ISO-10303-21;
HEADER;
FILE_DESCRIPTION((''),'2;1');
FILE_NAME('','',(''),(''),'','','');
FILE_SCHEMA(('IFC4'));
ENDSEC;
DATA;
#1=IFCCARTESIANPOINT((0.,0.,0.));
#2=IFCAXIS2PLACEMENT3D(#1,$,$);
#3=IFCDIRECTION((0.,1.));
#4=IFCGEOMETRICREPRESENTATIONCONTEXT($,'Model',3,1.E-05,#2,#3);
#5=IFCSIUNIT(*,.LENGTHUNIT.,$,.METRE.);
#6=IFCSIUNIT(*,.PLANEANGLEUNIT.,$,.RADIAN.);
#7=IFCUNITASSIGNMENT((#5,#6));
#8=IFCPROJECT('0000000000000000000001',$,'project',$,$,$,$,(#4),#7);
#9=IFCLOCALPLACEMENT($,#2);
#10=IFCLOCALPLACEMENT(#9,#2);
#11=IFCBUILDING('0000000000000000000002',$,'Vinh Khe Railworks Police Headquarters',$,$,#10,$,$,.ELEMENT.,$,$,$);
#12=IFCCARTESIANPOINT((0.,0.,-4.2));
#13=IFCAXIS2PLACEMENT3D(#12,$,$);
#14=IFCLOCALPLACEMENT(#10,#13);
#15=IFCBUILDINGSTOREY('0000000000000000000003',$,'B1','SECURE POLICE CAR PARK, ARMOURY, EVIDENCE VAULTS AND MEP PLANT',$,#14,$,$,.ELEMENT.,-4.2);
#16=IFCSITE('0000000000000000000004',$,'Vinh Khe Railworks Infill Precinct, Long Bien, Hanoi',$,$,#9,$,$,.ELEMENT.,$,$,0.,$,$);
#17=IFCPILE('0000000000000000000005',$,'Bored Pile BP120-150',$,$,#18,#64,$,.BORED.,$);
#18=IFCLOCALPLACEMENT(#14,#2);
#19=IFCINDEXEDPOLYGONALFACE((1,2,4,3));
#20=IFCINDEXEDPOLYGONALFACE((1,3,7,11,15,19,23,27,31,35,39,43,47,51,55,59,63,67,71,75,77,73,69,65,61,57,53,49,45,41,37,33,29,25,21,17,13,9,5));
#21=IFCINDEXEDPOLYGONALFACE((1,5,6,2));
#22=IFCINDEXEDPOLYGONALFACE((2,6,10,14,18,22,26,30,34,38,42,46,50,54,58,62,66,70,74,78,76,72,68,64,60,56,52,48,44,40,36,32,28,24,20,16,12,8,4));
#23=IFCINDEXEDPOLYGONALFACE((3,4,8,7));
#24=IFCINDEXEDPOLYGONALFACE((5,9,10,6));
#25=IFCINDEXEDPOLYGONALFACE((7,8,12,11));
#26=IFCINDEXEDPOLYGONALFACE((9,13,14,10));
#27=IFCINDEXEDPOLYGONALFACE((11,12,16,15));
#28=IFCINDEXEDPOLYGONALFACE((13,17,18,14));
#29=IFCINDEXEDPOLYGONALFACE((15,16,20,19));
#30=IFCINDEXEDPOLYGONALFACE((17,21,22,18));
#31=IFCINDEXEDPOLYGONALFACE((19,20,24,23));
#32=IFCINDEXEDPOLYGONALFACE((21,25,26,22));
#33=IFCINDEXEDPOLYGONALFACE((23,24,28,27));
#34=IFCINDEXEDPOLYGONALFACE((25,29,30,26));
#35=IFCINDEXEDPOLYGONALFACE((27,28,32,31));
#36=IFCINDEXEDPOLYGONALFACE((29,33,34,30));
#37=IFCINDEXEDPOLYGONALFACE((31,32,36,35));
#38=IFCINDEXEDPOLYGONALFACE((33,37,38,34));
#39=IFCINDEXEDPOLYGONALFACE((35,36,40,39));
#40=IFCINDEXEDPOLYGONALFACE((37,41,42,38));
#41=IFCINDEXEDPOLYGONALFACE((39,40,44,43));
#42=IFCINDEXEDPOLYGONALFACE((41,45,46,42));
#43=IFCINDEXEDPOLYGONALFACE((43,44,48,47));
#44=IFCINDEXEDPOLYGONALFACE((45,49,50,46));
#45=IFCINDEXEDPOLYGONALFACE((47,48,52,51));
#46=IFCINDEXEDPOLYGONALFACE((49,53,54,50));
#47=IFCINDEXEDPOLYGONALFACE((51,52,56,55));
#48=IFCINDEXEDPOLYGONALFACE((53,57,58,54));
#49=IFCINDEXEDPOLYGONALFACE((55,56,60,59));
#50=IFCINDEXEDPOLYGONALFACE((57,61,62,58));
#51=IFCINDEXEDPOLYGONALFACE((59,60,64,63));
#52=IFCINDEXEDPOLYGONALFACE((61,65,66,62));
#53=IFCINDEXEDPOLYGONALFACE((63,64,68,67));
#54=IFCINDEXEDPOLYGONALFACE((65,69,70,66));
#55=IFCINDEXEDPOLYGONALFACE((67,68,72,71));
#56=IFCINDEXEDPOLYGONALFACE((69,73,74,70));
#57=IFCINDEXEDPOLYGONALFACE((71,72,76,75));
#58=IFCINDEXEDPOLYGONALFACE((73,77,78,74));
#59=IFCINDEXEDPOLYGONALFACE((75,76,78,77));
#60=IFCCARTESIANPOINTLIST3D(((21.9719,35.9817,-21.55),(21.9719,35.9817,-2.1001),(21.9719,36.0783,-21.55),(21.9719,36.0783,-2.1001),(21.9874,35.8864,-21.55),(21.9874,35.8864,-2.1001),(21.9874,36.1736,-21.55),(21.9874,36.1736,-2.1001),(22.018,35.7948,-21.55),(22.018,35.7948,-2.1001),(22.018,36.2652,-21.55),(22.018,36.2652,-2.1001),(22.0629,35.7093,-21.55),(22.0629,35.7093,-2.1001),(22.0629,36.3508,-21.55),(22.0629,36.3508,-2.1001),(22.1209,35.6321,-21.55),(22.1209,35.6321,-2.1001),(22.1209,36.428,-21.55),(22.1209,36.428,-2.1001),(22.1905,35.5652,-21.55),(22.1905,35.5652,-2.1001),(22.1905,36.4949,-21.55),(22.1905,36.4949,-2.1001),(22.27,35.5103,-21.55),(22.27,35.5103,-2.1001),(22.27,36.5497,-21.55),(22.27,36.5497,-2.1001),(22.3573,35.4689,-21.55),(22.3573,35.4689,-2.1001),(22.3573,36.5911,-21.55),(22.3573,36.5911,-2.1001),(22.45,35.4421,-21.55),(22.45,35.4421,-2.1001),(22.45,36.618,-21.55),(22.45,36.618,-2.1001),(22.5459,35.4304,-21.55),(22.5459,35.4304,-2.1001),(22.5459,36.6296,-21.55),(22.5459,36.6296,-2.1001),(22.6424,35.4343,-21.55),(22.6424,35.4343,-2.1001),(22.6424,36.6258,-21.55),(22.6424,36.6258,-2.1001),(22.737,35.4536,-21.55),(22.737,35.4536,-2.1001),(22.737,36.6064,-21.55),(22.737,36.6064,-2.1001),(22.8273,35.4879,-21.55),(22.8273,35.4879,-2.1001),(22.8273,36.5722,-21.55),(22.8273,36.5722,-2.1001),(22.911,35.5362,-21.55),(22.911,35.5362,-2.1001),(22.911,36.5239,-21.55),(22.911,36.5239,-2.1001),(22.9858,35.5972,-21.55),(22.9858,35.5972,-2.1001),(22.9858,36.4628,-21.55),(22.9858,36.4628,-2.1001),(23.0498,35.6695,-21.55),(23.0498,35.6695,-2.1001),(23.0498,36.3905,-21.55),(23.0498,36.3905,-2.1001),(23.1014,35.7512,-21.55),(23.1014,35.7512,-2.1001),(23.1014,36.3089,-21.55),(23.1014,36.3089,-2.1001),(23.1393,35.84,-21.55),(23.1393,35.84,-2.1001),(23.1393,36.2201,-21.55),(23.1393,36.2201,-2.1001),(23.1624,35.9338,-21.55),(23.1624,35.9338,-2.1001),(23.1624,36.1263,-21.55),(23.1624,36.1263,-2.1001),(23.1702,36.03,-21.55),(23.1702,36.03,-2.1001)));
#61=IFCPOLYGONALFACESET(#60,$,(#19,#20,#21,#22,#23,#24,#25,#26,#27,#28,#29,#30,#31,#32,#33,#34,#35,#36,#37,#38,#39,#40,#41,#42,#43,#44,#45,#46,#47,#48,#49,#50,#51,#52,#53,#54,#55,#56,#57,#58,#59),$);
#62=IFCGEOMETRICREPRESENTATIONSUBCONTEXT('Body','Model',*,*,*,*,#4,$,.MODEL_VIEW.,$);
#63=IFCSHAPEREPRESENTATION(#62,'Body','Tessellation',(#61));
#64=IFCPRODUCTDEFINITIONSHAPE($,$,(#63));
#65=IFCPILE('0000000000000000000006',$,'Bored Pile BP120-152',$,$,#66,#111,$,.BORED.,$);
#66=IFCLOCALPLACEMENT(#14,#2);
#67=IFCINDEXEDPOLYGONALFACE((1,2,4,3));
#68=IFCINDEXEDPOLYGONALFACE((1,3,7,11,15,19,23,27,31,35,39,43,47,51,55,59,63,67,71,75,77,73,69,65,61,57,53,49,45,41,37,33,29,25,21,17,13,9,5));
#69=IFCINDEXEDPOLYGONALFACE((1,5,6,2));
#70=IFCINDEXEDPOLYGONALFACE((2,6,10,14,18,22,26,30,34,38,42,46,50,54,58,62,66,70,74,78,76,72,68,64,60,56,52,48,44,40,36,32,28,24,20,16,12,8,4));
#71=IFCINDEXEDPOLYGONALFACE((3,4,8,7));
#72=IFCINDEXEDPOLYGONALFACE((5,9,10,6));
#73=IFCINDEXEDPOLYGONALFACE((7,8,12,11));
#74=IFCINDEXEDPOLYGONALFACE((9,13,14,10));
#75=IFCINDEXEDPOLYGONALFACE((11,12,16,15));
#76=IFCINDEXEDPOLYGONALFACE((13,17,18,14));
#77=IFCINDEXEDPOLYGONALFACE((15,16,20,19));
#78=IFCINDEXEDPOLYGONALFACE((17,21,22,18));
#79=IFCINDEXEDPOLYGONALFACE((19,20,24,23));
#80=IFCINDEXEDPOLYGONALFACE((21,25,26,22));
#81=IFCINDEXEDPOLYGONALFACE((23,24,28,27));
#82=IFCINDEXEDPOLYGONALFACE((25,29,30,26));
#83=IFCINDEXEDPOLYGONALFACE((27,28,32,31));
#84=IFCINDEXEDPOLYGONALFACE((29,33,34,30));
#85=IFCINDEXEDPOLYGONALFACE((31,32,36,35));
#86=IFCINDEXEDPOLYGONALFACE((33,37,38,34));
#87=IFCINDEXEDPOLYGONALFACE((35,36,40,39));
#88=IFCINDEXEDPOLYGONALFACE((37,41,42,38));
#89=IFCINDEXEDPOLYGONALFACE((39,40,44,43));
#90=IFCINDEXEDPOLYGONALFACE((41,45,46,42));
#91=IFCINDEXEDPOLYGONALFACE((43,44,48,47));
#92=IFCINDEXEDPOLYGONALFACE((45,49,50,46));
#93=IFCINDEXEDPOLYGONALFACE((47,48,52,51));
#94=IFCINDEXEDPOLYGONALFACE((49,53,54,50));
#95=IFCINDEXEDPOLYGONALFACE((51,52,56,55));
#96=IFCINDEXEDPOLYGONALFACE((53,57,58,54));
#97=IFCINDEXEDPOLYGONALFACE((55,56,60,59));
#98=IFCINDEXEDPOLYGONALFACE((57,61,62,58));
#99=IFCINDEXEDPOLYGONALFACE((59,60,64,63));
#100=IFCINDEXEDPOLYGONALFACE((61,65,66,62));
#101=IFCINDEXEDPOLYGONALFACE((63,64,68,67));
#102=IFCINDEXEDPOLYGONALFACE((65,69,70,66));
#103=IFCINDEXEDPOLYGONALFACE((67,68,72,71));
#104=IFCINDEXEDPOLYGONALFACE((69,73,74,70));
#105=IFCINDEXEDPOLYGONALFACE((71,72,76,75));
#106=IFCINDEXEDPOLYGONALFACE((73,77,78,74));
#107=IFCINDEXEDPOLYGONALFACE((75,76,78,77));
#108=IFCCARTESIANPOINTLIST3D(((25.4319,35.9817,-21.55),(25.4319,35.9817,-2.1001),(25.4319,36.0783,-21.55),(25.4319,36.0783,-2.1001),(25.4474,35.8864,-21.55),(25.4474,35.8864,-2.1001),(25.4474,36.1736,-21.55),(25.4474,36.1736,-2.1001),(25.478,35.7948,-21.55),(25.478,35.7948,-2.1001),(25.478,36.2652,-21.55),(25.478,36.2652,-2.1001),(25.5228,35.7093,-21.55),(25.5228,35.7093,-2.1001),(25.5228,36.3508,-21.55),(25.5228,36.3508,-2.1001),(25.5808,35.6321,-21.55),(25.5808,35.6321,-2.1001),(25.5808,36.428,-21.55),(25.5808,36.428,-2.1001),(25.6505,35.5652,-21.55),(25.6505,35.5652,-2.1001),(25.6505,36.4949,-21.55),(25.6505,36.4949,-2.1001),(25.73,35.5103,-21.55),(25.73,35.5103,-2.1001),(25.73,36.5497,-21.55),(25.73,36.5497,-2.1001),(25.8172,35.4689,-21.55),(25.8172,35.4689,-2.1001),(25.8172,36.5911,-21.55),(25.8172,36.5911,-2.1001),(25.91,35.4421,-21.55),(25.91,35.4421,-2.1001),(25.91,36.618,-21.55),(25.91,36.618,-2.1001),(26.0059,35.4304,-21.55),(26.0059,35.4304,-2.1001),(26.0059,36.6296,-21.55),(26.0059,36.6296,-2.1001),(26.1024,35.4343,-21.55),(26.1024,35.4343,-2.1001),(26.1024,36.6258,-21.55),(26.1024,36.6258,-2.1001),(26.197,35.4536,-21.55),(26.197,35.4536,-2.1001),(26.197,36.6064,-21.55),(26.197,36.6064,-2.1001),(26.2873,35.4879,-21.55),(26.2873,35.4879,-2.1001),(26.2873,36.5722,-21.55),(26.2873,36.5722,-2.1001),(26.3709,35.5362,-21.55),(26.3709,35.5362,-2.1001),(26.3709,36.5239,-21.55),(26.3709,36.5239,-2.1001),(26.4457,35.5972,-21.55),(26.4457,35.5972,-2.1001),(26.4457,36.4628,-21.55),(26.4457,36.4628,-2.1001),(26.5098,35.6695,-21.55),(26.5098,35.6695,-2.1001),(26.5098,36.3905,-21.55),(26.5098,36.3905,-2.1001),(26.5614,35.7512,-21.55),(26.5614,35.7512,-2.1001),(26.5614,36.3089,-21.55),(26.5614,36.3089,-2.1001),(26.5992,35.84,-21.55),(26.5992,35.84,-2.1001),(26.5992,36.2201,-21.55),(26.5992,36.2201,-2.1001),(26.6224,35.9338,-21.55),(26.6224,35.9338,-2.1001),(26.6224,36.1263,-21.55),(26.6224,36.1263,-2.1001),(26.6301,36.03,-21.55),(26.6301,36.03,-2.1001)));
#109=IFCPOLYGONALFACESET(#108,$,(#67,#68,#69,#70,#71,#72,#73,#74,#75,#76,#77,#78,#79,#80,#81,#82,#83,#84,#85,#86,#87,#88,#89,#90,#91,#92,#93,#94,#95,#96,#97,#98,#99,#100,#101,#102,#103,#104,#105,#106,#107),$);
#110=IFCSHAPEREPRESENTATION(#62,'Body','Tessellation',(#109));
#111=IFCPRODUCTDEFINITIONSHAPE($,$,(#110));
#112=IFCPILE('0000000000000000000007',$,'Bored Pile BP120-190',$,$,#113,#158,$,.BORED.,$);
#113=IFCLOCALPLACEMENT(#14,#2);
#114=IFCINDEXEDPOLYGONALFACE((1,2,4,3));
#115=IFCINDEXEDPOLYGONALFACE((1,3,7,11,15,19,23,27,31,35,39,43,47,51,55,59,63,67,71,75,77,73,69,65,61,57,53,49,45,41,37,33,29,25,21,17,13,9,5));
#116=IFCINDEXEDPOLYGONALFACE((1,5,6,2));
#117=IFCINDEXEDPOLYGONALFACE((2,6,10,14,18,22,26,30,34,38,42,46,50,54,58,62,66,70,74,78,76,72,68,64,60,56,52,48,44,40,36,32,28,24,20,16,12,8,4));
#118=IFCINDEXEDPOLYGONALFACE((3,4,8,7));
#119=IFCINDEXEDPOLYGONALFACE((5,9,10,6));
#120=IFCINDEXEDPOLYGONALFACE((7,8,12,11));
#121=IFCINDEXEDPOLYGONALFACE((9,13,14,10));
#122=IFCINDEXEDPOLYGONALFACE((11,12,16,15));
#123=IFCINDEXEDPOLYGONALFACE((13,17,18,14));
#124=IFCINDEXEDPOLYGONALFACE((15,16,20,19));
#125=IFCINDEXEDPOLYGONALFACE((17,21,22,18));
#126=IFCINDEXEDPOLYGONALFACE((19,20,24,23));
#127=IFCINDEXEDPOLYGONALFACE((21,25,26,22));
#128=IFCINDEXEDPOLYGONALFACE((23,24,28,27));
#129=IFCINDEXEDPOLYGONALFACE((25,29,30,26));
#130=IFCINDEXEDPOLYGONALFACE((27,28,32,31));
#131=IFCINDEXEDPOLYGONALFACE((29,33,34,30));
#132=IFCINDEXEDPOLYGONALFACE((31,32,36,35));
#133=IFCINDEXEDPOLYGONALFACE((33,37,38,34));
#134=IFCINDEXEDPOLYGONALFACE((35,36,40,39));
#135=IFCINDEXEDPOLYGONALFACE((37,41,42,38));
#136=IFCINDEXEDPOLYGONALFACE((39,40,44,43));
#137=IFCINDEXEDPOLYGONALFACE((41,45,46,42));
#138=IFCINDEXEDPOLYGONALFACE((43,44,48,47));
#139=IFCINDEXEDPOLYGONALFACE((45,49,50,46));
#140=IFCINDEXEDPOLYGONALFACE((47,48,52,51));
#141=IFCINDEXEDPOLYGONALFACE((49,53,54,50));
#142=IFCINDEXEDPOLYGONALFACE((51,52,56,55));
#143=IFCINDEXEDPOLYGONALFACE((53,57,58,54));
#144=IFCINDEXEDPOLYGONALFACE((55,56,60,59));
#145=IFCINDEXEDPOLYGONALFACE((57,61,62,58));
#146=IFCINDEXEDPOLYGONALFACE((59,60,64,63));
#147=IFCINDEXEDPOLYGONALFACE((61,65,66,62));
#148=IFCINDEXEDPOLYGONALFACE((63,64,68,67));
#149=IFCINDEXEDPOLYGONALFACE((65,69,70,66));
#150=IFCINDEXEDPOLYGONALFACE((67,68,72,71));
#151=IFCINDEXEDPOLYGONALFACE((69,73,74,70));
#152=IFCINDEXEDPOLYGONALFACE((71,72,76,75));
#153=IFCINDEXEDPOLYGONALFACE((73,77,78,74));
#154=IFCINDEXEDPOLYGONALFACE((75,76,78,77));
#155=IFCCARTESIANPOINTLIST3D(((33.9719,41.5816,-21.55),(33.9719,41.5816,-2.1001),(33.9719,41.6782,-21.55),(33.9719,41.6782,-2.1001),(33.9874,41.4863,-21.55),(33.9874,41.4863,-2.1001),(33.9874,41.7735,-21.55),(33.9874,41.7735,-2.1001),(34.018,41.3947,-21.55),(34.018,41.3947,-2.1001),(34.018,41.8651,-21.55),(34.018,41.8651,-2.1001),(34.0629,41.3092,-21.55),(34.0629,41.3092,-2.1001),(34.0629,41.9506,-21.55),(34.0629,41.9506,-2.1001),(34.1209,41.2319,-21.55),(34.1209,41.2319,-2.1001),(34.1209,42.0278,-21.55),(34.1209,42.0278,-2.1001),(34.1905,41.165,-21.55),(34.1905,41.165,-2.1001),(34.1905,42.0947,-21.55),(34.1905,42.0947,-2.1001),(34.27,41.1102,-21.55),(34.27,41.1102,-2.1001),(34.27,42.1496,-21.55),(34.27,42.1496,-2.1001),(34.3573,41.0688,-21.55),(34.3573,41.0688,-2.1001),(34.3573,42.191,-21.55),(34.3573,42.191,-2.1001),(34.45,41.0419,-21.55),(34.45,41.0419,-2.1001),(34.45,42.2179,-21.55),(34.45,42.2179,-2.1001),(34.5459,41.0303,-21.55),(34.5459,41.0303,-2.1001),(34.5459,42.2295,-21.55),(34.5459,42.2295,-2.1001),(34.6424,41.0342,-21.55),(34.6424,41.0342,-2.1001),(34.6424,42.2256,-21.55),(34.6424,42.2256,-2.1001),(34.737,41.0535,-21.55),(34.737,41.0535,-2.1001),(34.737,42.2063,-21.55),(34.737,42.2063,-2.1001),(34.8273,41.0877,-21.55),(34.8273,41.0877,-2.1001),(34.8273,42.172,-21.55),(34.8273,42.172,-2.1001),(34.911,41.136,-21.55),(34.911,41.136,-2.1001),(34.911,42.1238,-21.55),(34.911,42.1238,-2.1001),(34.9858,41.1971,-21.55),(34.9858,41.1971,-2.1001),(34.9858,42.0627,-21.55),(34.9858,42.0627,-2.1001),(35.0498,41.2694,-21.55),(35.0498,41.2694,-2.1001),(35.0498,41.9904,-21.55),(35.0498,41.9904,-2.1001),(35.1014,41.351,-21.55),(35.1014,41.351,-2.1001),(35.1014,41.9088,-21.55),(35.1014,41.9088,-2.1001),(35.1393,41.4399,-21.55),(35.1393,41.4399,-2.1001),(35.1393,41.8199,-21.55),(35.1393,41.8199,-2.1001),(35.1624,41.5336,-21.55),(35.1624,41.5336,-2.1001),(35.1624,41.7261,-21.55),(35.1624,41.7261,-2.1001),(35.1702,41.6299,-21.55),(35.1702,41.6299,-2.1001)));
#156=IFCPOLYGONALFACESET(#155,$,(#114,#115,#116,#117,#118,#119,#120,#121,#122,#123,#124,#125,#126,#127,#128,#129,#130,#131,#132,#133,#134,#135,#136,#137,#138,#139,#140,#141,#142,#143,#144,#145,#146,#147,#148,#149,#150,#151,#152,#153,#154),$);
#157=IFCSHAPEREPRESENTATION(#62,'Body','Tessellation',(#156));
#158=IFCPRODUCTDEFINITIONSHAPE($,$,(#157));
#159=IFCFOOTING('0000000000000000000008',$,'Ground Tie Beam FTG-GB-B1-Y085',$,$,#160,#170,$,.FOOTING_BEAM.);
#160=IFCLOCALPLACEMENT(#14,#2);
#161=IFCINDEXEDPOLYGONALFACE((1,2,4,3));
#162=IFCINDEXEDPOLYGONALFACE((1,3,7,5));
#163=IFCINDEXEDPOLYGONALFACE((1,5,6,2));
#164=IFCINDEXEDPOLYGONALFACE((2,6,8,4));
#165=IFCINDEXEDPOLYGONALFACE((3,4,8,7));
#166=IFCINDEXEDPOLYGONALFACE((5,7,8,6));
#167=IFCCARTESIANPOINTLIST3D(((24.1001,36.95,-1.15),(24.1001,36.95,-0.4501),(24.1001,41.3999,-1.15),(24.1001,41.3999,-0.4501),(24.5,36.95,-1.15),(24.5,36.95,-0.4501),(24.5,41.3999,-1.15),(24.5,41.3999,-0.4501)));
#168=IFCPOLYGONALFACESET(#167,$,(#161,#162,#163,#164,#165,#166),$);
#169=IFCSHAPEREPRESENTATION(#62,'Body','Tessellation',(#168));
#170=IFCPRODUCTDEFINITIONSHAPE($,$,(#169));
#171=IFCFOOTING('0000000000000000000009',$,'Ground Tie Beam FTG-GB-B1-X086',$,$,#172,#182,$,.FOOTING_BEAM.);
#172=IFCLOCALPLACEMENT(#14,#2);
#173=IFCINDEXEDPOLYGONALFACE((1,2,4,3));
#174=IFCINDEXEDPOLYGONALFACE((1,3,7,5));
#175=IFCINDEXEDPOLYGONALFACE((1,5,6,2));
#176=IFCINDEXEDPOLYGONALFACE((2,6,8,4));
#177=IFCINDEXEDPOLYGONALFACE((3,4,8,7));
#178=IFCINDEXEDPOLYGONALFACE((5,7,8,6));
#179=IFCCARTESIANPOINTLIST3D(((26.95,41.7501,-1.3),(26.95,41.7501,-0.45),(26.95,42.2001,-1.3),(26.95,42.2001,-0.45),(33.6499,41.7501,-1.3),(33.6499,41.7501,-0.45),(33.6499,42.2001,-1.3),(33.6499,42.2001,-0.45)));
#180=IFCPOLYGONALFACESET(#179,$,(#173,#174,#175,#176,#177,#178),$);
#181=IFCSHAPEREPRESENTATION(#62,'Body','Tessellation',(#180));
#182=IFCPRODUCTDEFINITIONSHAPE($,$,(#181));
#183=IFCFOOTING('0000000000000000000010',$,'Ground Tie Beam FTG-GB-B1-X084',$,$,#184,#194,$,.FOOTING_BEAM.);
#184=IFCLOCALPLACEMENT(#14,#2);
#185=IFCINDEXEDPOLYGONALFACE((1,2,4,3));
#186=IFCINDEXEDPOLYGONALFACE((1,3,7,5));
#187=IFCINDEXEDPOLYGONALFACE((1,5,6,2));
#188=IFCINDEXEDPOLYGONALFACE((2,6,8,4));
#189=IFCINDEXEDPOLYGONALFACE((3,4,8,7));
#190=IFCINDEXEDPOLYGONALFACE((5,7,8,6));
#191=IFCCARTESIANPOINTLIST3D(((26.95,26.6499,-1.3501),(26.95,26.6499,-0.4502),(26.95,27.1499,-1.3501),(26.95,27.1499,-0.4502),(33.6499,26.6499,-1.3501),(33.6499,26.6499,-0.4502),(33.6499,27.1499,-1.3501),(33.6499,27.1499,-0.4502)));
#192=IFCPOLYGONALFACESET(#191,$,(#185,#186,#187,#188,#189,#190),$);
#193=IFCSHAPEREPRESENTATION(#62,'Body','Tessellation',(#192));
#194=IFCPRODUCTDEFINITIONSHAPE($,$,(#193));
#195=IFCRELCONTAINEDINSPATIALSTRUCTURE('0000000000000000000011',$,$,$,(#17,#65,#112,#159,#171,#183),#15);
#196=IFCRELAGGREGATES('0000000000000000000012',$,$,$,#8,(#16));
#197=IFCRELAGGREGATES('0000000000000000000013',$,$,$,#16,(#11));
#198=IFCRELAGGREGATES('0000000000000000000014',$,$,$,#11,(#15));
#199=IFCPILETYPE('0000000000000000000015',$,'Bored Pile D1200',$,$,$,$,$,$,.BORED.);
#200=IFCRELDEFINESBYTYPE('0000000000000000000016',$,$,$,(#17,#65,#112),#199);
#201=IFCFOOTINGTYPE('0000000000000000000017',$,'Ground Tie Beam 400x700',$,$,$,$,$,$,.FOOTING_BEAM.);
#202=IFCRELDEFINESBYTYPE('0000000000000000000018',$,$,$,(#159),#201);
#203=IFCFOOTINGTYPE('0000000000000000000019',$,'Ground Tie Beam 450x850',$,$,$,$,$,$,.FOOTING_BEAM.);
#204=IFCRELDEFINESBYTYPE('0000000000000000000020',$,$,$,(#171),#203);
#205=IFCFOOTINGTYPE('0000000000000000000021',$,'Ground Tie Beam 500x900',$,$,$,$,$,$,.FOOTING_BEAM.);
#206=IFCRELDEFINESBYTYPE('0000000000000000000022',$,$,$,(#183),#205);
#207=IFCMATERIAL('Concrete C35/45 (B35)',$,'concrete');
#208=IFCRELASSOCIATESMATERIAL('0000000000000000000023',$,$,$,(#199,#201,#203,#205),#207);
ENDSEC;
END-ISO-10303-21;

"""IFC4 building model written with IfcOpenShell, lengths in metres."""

from ifc_helpers import new_model, si_unit, direction, frame, origin, origin_2d, place, context, subcontext, project, spatial, rectangle, circle, extrude, material, material_profile, profile_set, type_object, element, save


model = new_model("IFC4")

# Units and contexts
model_context = context("Model", 3, precision=1e-05, world=origin(), true_north=direction((0.0, 1.0)))
body_context = subcontext(model_context, "Body", "Model", "MODEL_VIEW")
ifc_project = project(units=[si_unit("LENGTHUNIT", "METRE"), si_unit("PLANEANGLEUNIT", "RADIAN")], contexts=[model_context])

# Site, building, storey
site_placement = place(None, origin())
site = spatial("IfcSite", under=ifc_project, at=site_placement, Name="Vinh Khe Railworks Infill Precinct, Long Bien, Hanoi", CompositionType="ELEMENT", RefElevation=0.0)
building_placement = place(site_placement, origin())
building = spatial("IfcBuilding", under=site, at=building_placement, Name="Vinh Khe Railworks Police Headquarters", CompositionType="ELEMENT")
storey_placement = place(building_placement, frame((0.0, 0.0, -4.2)))
storey = spatial("IfcBuildingStorey", under=building, at=storey_placement, Name="B1", Description="SECURE POLICE CAR PARK, ARMOURY, EVIDENCE VAULTS AND MEP PLANT", CompositionType="ELEMENT", Elevation=-4.2)

# Piles
ifc_material_1 = material(Name="Concrete C35/45 (B35)", Category="concrete")
ifc_material_profile_1 = material_profile(ifc_material_1, circle(Radius=0.6001, at=origin_2d()), Name="BORED PILE D1200")
ifc_profile_set_1 = profile_set([ifc_material_profile_1], Name="Concrete C35/45 (B35)")
pile_type = type_object("IfcPileType", Name="Bored Pile D1200", PredefinedType="BORED", material=ifc_profile_set_1)
for number, where, z_axis, x_axis, name in (
    (1, (22.5701, 36.03, -2.1001), (0.0, 0.0, -1.0), (1.0, 0.0, 0.0), "Bored Pile BP120-150"),
    (2, (26.03, 36.03, -2.1001), (0.0, 0.0, -1.0), (1.0, 0.0, 0.0), "Bored Pile BP120-152"),
    (3, (34.5701, 41.6299, -2.1001), (0.0, 0.0, -1.0), (1.0, 0.0, 0.0), "Bored Pile BP120-190"),
):
    element("IfcPile", number, at=place(storey_placement, frame(where, z_axis=z_axis, x_axis=x_axis)), inside=storey, type_object=pile_type, Name=name, PredefinedType="BORED", context=body_context, shape_type="SweptSolid", body=[
        extrude(circle(Radius=0.6001, at=origin_2d()), origin(), (0.0, 0.0, 1.0), 19.45),
    ])

# Footings
ifc_material_profile_2 = material_profile(ifc_material_1, rectangle(XDim=0.3999, YDim=0.7, at=origin_2d()), Name="RC 400x700")
ifc_profile_set_2 = profile_set([ifc_material_profile_2], Name="Concrete C35/45 (B35)")
footing_type_1 = type_object("IfcFootingType", Name="Ground Tie Beam 400x700", PredefinedType="FOOTING_BEAM", material=ifc_profile_set_2)
footing_1_placement = place(storey_placement, frame((24.3, 36.95, -0.8), z_axis=(0.0, 1.0, 0.0), x_axis=(-1.0, 0.0, 0.0)))
element("IfcFooting", 4, at=footing_1_placement, inside=storey, type_object=footing_type_1, Name="Ground Tie Beam FTG-GB-B1-Y085", PredefinedType="FOOTING_BEAM", context=body_context, shape_type="SweptSolid", body=[
    extrude(rectangle(XDim=0.3999, YDim=0.7, at=origin_2d()), origin(), (0.0, 0.0, 1.0), 4.45),
])
ifc_material_profile_3 = material_profile(ifc_material_1, rectangle(XDim=0.45, YDim=0.8501, at=origin_2d()), Name="RC 450x850")
ifc_profile_set_3 = profile_set([ifc_material_profile_3], Name="Concrete C35/45 (B35)")
footing_type_2 = type_object("IfcFootingType", Name="Ground Tie Beam 450x850", PredefinedType="FOOTING_BEAM", material=ifc_profile_set_3)
footing_2_placement = place(storey_placement, frame((26.95, 41.9751, -0.875), z_axis=(1.0, 0.0, 0.0), x_axis=(0.0, 1.0, 0.0)))
element("IfcFooting", 5, at=footing_2_placement, inside=storey, type_object=footing_type_2, Name="Ground Tie Beam FTG-GB-B1-X086", PredefinedType="FOOTING_BEAM", context=body_context, shape_type="SweptSolid", body=[
    extrude(rectangle(XDim=0.45, YDim=0.8501, at=origin_2d()), origin(), (0.0, 0.0, 1.0), 6.7),
])
ifc_material_profile_4 = material_profile(ifc_material_1, rectangle(XDim=0.5, YDim=0.8999, at=origin_2d()), Name="RC 500x900")
ifc_profile_set_4 = profile_set([ifc_material_profile_4], Name="Concrete C35/45 (B35)")
footing_type_3 = type_object("IfcFootingType", Name="Ground Tie Beam 500x900", PredefinedType="FOOTING_BEAM", material=ifc_profile_set_4)
footing_3_placement = place(storey_placement, frame((26.95, 26.8999, -0.9001), z_axis=(1.0, 0.0, 0.0), x_axis=(0.0, 1.0, 0.0)))
element("IfcFooting", 6, at=footing_3_placement, inside=storey, type_object=footing_type_3, Name="Ground Tie Beam FTG-GB-B1-X084", PredefinedType="FOOTING_BEAM", context=body_context, shape_type="SweptSolid", body=[
    extrude(rectangle(XDim=0.5, YDim=0.8999, at=origin_2d()), origin(), (0.0, 0.0, 1.0), 6.7),
])

save(model, "model.ifc")
